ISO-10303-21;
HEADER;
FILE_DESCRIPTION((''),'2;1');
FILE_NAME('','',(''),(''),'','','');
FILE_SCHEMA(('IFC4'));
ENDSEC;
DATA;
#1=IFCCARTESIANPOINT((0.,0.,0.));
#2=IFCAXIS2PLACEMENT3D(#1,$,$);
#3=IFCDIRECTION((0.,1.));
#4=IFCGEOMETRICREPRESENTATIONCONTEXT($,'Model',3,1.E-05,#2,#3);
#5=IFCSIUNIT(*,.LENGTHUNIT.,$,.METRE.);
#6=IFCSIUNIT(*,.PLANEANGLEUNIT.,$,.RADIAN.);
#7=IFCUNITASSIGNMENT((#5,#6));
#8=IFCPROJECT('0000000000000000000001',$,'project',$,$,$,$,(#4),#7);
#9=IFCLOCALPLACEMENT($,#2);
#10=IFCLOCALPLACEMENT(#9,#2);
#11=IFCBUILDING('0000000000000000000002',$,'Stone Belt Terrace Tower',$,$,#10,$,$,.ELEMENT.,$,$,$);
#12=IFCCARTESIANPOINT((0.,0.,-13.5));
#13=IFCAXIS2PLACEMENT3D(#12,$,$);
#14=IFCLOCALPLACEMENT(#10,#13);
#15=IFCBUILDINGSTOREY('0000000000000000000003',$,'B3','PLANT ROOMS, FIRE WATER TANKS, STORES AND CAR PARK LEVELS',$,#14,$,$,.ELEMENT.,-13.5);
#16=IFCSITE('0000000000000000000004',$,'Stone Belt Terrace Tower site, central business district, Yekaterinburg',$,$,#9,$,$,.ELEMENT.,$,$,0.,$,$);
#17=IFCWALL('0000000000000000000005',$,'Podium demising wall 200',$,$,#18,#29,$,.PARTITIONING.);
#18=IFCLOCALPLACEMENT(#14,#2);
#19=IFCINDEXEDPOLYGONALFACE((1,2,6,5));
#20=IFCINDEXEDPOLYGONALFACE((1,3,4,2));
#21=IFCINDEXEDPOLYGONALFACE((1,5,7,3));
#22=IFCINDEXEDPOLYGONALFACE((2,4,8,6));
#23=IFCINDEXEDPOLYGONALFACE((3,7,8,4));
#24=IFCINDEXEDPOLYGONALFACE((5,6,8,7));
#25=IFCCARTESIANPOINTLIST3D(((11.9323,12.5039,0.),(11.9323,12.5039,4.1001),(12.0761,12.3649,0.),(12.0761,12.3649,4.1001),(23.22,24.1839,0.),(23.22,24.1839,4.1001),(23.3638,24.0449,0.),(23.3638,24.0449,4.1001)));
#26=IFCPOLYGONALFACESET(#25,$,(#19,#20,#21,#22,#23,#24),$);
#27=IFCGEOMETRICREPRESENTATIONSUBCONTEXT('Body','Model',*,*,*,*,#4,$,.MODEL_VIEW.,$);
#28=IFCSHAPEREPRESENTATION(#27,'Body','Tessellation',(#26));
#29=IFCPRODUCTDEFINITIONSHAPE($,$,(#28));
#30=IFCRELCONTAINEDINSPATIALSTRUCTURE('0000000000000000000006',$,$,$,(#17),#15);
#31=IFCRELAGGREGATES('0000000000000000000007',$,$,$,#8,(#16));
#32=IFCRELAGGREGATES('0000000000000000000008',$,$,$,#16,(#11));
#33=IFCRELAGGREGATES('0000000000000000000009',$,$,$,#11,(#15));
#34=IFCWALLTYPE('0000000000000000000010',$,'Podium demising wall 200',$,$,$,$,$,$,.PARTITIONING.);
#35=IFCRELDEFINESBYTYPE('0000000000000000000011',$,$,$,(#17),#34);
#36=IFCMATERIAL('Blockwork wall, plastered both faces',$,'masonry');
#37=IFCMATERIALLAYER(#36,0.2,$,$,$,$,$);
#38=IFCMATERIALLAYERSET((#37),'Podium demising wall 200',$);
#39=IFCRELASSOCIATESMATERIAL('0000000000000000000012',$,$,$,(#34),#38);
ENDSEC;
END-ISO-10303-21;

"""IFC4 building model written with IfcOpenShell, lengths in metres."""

from ifc_helpers import new_model, si_unit, direction, frame, frame_2d, origin, place, context, subcontext, project, spatial, rectangle, extrude, material, layer, layer_set, type_object, element, save


model = new_model("IFC4")

# Units and contexts
model_context = context("Model", 3, precision=1e-05, world=origin(), true_north=direction((0.0, 1.0)))
body_context = subcontext(model_context, "Body", "Model", "MODEL_VIEW")
ifc_project = project(units=[si_unit("LENGTHUNIT", "METRE"), si_unit("PLANEANGLEUNIT", "RADIAN")], contexts=[model_context])

# Site, building, storey
site_placement = place(None, origin())
site = spatial("IfcSite", under=ifc_project, at=site_placement, Name="Stone Belt Terrace Tower site, central business district, Yekaterinburg", CompositionType="ELEMENT", RefElevation=0.0)
building_placement = place(site_placement, origin())
building = spatial("IfcBuilding", under=site, at=building_placement, Name="Stone Belt Terrace Tower", CompositionType="ELEMENT")
storey_placement = place(building_placement, frame((0.0, 0.0, -13.5)))
storey = spatial("IfcBuildingStorey", under=building, at=storey_placement, Name="B3", Description="PLANT ROOMS, FIRE WATER TANKS, STORES AND CAR PARK LEVELS", CompositionType="ELEMENT", Elevation=-13.5)

# Wall
ifc_material_1 = material(Name="Blockwork wall, plastered both faces", Category="masonry")
ifc_layer_1 = layer(ifc_material_1, 0.2)
ifc_layer_set_1 = layer_set([ifc_layer_1], Name="Podium demising wall 200")
wall_type_1 = type_object("IfcWallType", Name="Podium demising wall 200", PredefinedType="PARTITIONING", material=ifc_layer_set_1)
wall_1_placement = place(storey_placement, frame((12.0042, 12.4343, 0.0), z_axis=(0.0, 0.0, 1.0), x_axis=(0.694927, 0.719081, 0.0)))
element("IfcWall", 1, at=wall_1_placement, inside=storey, type_object=wall_type_1, Name="Podium demising wall 200", PredefinedType="PARTITIONING", context=body_context, shape_type="SweptSolid", body=[
    extrude(rectangle(XDim=16.2429, YDim=0.2, at=frame_2d((8.1216, 0.0))), origin(), (0.0, 0.0, 1.0), 4.1001),
])

save(model, "model.ifc")
